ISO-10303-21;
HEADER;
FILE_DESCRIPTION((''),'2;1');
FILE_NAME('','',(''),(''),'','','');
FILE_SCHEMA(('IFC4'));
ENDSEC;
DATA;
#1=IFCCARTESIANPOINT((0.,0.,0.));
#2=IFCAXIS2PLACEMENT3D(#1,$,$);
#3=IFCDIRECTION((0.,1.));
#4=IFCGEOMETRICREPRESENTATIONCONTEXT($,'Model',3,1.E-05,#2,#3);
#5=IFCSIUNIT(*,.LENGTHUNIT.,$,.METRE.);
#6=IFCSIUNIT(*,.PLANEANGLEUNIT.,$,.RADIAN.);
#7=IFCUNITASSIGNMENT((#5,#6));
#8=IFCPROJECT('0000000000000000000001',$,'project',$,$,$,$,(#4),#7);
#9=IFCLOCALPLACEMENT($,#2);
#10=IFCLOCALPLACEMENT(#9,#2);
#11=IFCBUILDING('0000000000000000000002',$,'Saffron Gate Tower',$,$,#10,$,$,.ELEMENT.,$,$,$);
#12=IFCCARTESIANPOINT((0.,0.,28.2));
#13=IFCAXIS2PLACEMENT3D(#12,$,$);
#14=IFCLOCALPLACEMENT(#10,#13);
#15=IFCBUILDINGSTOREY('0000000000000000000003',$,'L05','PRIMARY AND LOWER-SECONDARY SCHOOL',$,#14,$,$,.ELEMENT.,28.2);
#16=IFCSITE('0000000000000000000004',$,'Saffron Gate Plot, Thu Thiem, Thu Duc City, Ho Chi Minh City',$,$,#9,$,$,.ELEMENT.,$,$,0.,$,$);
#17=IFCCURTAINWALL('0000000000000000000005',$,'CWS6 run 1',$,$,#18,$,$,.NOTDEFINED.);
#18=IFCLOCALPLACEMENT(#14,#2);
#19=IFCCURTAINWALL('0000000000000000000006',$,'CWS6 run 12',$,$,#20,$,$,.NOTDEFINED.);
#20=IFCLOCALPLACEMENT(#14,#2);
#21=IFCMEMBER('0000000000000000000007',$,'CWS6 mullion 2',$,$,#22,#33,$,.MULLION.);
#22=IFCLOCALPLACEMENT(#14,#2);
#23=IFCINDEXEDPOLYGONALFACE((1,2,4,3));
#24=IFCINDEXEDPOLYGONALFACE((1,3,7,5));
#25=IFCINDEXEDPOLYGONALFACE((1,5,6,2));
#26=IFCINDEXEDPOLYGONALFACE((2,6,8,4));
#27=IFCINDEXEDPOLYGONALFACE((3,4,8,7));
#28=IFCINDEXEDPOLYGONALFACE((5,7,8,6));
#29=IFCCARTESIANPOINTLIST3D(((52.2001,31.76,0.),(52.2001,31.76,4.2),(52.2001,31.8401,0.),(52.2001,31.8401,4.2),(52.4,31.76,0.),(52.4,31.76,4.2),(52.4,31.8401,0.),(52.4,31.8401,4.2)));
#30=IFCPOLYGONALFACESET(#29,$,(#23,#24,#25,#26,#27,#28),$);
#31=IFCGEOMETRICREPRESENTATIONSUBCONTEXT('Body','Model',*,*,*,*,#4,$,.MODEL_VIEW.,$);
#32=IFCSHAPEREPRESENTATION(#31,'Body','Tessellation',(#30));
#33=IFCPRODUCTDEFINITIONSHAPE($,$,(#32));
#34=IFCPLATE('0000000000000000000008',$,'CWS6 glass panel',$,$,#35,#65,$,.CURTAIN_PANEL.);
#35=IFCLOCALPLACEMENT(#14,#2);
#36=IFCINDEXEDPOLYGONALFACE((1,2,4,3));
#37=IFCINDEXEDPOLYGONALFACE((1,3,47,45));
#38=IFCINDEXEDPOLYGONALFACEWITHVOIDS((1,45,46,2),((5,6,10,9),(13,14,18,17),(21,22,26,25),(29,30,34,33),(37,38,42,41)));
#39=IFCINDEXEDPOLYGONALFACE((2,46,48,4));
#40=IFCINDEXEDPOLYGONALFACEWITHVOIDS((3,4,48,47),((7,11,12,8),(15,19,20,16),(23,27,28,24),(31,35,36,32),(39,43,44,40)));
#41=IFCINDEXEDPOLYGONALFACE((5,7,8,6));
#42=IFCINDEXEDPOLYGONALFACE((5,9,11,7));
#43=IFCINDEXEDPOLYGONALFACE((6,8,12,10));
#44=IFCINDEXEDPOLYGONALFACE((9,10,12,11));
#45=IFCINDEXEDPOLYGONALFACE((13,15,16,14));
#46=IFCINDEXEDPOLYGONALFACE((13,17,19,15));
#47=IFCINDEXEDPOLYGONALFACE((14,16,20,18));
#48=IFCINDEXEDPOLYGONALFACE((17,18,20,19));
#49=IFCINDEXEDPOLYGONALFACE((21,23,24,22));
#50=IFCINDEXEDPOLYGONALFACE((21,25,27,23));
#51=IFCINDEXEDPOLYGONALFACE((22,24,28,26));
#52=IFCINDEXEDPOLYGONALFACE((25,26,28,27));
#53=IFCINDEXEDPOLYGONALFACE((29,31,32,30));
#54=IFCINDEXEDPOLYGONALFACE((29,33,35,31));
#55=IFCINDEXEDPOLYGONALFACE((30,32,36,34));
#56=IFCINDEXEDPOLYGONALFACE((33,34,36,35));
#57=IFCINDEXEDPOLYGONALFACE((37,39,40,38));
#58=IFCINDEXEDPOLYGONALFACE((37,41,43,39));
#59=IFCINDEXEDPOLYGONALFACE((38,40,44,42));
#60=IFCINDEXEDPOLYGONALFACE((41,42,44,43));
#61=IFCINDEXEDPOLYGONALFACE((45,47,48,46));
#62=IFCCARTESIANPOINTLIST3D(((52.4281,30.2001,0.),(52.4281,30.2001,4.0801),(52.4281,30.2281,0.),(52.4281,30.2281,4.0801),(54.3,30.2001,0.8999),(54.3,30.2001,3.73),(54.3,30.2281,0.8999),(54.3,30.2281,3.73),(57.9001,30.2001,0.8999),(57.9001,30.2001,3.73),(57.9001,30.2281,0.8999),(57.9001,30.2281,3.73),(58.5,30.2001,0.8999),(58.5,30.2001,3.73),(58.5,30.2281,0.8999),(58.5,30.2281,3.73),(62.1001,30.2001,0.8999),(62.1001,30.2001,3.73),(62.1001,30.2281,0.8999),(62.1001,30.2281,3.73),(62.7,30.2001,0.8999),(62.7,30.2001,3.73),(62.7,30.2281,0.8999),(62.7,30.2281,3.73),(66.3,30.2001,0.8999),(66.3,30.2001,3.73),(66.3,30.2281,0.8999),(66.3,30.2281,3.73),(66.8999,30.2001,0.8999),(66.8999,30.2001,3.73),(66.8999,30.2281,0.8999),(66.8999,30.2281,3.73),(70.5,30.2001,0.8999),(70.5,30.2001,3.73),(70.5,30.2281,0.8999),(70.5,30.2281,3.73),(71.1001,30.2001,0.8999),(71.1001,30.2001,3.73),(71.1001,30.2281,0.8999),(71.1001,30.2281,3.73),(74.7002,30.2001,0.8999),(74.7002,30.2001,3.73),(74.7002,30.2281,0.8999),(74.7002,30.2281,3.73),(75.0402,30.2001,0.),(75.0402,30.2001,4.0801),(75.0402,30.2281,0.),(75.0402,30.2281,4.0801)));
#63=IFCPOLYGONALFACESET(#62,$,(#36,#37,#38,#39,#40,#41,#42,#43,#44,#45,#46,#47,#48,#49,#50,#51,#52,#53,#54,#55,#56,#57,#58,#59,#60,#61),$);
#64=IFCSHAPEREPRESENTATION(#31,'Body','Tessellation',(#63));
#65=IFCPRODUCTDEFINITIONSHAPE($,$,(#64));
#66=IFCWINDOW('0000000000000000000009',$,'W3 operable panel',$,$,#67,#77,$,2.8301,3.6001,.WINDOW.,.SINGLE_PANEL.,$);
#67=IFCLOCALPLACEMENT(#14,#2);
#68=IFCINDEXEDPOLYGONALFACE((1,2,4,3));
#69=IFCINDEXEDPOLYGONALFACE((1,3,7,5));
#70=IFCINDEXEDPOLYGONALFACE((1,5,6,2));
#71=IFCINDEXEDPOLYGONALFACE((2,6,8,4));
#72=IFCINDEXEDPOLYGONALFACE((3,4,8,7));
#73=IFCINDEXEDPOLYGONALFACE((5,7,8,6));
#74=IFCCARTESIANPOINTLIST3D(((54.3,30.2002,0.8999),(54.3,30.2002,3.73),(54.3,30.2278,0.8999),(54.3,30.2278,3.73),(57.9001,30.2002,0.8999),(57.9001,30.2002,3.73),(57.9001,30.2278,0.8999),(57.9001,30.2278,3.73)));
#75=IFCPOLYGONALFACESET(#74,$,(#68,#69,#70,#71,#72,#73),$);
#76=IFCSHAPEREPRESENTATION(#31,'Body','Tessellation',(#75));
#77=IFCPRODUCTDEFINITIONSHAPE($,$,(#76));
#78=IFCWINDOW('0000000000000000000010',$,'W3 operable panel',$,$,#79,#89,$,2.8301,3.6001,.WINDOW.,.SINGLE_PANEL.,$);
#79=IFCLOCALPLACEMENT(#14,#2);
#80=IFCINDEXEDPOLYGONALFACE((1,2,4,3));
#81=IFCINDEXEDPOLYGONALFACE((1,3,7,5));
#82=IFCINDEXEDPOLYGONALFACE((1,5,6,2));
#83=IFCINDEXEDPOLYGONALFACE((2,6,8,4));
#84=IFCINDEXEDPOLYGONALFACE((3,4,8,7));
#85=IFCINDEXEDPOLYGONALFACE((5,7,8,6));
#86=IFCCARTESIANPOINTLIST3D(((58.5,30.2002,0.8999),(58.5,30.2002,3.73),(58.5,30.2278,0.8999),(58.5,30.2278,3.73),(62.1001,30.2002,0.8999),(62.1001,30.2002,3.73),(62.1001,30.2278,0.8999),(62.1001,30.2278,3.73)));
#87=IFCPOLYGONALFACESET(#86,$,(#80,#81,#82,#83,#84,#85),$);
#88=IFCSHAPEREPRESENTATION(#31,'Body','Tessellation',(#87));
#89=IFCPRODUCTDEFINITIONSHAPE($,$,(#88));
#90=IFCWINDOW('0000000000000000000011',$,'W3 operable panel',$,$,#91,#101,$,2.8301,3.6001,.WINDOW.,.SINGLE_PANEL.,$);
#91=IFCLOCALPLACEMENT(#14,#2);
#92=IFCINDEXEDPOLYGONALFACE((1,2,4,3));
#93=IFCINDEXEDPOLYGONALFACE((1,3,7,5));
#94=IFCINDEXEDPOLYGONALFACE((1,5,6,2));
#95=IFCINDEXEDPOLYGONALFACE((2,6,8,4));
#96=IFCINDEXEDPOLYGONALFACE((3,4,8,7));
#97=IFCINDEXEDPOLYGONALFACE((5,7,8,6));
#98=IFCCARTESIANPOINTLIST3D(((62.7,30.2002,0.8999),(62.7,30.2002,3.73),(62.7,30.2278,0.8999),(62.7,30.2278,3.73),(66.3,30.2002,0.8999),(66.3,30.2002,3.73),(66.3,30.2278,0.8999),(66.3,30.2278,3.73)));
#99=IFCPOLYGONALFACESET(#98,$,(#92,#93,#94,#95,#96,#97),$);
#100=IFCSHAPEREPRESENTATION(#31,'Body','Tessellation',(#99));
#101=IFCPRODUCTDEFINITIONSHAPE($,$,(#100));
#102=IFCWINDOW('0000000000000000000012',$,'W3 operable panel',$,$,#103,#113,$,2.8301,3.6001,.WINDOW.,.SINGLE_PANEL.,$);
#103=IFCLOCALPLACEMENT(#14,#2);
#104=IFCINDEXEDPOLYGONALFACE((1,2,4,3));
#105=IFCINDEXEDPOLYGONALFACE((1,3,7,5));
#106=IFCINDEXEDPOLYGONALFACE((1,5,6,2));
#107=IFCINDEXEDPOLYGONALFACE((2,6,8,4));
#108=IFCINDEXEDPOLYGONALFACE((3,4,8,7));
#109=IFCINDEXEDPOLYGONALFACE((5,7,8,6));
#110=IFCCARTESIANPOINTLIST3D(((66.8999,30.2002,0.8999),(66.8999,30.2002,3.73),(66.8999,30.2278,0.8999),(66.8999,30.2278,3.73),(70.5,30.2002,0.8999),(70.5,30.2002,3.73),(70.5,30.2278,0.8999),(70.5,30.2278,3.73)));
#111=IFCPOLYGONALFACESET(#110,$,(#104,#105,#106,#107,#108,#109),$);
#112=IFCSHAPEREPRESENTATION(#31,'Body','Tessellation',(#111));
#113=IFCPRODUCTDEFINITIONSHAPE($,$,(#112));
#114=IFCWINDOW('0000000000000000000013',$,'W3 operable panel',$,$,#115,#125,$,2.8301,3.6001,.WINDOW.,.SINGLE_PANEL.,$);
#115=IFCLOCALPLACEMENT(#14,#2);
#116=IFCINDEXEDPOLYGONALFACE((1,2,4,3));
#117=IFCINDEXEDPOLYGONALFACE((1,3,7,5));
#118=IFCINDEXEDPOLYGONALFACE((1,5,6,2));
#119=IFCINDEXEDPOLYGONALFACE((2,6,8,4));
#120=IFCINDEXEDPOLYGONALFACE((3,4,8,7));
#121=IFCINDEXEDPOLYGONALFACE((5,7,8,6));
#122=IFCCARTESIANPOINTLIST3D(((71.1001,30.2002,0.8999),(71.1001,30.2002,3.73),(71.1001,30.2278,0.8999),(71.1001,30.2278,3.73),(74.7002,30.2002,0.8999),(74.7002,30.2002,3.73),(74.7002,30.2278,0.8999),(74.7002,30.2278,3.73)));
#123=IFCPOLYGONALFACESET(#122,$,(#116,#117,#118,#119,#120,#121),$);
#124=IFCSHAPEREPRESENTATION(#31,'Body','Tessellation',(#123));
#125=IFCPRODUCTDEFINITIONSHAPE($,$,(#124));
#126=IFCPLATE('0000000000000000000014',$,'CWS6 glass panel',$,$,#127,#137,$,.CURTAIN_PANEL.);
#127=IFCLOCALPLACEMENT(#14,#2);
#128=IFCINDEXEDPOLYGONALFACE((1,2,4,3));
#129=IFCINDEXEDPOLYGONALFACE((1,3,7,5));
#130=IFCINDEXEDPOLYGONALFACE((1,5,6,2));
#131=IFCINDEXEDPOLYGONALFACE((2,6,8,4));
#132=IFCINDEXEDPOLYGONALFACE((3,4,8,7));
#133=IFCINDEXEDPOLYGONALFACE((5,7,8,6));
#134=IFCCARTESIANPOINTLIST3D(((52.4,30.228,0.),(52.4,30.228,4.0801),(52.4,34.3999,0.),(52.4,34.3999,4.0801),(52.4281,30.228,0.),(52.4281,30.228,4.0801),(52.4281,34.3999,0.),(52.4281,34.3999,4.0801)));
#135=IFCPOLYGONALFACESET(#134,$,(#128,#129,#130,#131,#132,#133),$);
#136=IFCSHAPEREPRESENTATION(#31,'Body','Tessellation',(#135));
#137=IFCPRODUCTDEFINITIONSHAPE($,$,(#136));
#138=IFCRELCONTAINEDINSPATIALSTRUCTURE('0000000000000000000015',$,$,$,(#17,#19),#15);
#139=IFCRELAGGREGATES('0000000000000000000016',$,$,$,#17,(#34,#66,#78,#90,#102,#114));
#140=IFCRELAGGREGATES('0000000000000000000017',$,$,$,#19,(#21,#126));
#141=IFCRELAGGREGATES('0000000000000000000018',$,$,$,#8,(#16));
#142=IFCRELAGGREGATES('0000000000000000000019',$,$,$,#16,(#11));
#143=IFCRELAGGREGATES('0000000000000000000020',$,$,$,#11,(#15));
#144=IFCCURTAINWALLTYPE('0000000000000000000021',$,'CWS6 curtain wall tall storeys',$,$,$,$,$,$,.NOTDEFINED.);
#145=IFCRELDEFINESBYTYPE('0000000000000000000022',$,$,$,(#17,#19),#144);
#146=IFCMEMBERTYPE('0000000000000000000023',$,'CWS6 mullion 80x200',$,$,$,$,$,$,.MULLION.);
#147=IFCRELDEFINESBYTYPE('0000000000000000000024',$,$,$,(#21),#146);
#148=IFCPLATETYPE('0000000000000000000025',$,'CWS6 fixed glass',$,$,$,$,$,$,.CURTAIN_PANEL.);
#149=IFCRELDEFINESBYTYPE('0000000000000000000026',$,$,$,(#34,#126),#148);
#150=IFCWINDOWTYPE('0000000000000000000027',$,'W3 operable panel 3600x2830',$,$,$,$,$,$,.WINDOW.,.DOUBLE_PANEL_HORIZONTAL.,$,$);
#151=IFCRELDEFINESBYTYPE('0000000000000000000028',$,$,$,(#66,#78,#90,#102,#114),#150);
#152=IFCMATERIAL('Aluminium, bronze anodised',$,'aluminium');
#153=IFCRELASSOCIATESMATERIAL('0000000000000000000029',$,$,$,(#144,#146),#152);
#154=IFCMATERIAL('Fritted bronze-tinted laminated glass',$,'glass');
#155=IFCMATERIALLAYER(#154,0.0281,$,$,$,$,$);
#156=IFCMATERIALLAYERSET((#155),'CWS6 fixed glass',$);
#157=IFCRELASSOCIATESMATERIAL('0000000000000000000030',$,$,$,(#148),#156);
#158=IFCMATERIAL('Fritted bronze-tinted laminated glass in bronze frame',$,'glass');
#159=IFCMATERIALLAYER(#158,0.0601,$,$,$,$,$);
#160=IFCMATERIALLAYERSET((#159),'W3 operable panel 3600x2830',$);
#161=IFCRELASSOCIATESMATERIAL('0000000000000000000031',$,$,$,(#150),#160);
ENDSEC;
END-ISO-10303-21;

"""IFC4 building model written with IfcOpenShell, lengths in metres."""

from ifc_helpers import new_model, si_unit, direction, frame, frame_2d, origin, origin_2d, place, context, subcontext, project, spatial, rectangle, extrude, material, layer, layer_set, material_profile, profile_set, type_object, element, fill, aggregate, save


model = new_model("IFC4")

# Units and contexts
model_context = context("Model", 3, precision=1e-05, world=origin(), true_north=direction((0.0, 1.0)))
body_context = subcontext(model_context, "Body", "Model", "MODEL_VIEW")
ifc_project = project(units=[si_unit("LENGTHUNIT", "METRE"), si_unit("PLANEANGLEUNIT", "RADIAN")], contexts=[model_context])

# Site, building, storey
site_placement = place(None, origin())
site = spatial("IfcSite", under=ifc_project, at=site_placement, Name="Saffron Gate Plot, Thu Thiem, Thu Duc City, Ho Chi Minh City", CompositionType="ELEMENT", RefElevation=0.0)
building_placement = place(site_placement, origin())
building = spatial("IfcBuilding", under=site, at=building_placement, Name="Saffron Gate Tower", CompositionType="ELEMENT")
storey_placement = place(building_placement, frame((0.0, 0.0, 28.2)))
storey = spatial("IfcBuildingStorey", under=building, at=storey_placement, Name="L05", Description="PRIMARY AND LOWER-SECONDARY SCHOOL", CompositionType="ELEMENT", Elevation=28.2)

# Curtain walls
ifc_material_1 = material(Name="Aluminium, bronze anodised", Category="aluminium")
curtain_wall_type = type_object("IfcCurtainWallType", Name="CWS6 curtain wall tall storeys", PredefinedType="NOTDEFINED", material=ifc_material_1)
curtain_wall_1_placement = place(storey_placement, origin())
curtain_wall_1 = element("IfcCurtainWall", 1, at=curtain_wall_1_placement, inside=storey, type_object=curtain_wall_type, Name="CWS6 run 1", PredefinedType="NOTDEFINED")
curtain_wall_2_placement = place(storey_placement, origin())
curtain_wall_2 = element("IfcCurtainWall", 2, at=curtain_wall_2_placement, inside=storey, type_object=curtain_wall_type, Name="CWS6 run 12", PredefinedType="NOTDEFINED")

# Member
ifc_material_profile_1 = material_profile(ifc_material_1, rectangle(XDim=0.2, YDim=0.0801, at=origin_2d()))
ifc_profile_set_1 = profile_set([ifc_material_profile_1], Name="Aluminium, bronze anodised")
member_type_1 = type_object("IfcMemberType", Name="CWS6 mullion 80x200", PredefinedType="MULLION", material=ifc_profile_set_1)
member_1_placement = place(storey_placement, frame((52.3, 31.8, 0.0), z_axis=(0.0, 0.0, 1.0), x_axis=(1.0, 0.0, 0.0)))
member_1 = element("IfcMember", 3, at=member_1_placement, type_object=member_type_1, Name="CWS6 mullion 2", PredefinedType="MULLION", context=body_context, shape_type="SweptSolid", body=[
    extrude(rectangle(XDim=0.2, YDim=0.0801, at=origin_2d()), origin(), (0.0, 0.0, 1.0), 4.2),
])

# Plate, openings, windows
ifc_material_2 = material(Name="Fritted bronze-tinted laminated glass", Category="glass")
ifc_layer_1 = layer(ifc_material_2, 0.0281)
ifc_layer_set_1 = layer_set([ifc_layer_1], Name="CWS6 fixed glass")
plate_type = type_object("IfcPlateType", Name="CWS6 fixed glass", PredefinedType="CURTAIN_PANEL", material=ifc_layer_set_1)
plate_1_placement = place(storey_placement, frame((52.428, 30.2141, 0.0), z_axis=(0.0, 0.0, 1.0), x_axis=(1.0, 0.0, 0.0)))
plate_1 = element("IfcPlate", 4, at=plate_1_placement, type_object=plate_type, Name="CWS6 glass panel", PredefinedType="CURTAIN_PANEL", context=body_context, shape_type="SweptSolid", body=[
    extrude(rectangle(XDim=22.6121, YDim=0.0281, at=frame_2d((11.3062, 0.0))), origin(), (0.0, 0.0, 1.0), 4.0801),
])
opening_1_placement = place(plate_1_placement, frame((1.8721, 0.0, 0.8999)))
opening_1 = element("IfcOpeningElement", 5, at=opening_1_placement, cuts=plate_1, PredefinedType="OPENING", context=body_context, shape_type="SweptSolid", body=[
    extrude(rectangle(XDim=3.6001, YDim=2.8301, at=frame_2d((1.8, 1.415))), frame((0.0, 0.0239, 0.0), z_axis=(0.0, -1.0, 0.0), x_axis=(1.0, 0.0, 0.0)), (0.0, 0.0, 1.0), 0.0481),
])
opening_2_placement = place(plate_1_placement, frame((6.072, 0.0, 0.8999)))
opening_2 = element("IfcOpeningElement", 6, at=opening_2_placement, cuts=plate_1, PredefinedType="OPENING", context=body_context, shape_type="SweptSolid", body=[
    extrude(rectangle(XDim=3.6001, YDim=2.8301, at=frame_2d((1.8, 1.415))), frame((0.0, 0.0239, 0.0), z_axis=(0.0, -1.0, 0.0), x_axis=(1.0, 0.0, 0.0)), (0.0, 0.0, 1.0), 0.0481),
])
opening_3_placement = place(plate_1_placement, frame((10.272, 0.0, 0.8999)))
opening_3 = element("IfcOpeningElement", 7, at=opening_3_placement, cuts=plate_1, PredefinedType="OPENING", context=body_context, shape_type="SweptSolid", body=[
    extrude(rectangle(XDim=3.6001, YDim=2.8301, at=frame_2d((1.8, 1.415))), frame((0.0, 0.0239, 0.0), z_axis=(0.0, -1.0, 0.0), x_axis=(1.0, 0.0, 0.0)), (0.0, 0.0, 1.0), 0.0481),
])
opening_4_placement = place(plate_1_placement, frame((14.4719, 0.0, 0.8999)))
opening_4 = element("IfcOpeningElement", 8, at=opening_4_placement, cuts=plate_1, PredefinedType="OPENING", context=body_context, shape_type="SweptSolid", body=[
    extrude(rectangle(XDim=3.6001, YDim=2.8301, at=frame_2d((1.8, 1.415))), frame((0.0, 0.0239, 0.0), z_axis=(0.0, -1.0, 0.0), x_axis=(1.0, 0.0, 0.0)), (0.0, 0.0, 1.0), 0.0481),
])
opening_5_placement = place(plate_1_placement, frame((18.6721, 0.0, 0.8999)))
opening_5 = element("IfcOpeningElement", 9, at=opening_5_placement, cuts=plate_1, PredefinedType="OPENING", context=body_context, shape_type="SweptSolid", body=[
    extrude(rectangle(XDim=3.6001, YDim=2.8301, at=frame_2d((1.8, 1.415))), frame((0.0, 0.0239, 0.0), z_axis=(0.0, -1.0, 0.0), x_axis=(1.0, 0.0, 0.0)), (0.0, 0.0, 1.0), 0.0481),
])
ifc_material_3 = material(Name="Fritted bronze-tinted laminated glass in bronze frame", Category="glass")
ifc_layer_2 = layer(ifc_material_3, 0.0601)
ifc_layer_set_2 = layer_set([ifc_layer_2], Name="W3 operable panel 3600x2830")
window_type = type_object("IfcWindowType", Name="W3 operable panel 3600x2830", PartitioningType="DOUBLE_PANEL_HORIZONTAL", PredefinedType="WINDOW", material=ifc_layer_set_2)
window_1_placement = place(opening_1_placement, origin())
window_1 = element("IfcWindow", 10, at=window_1_placement, type_object=window_type, Name="W3 operable panel", OverallHeight=2.8301, OverallWidth=3.6001, PartitioningType="SINGLE_PANEL", PredefinedType="WINDOW", context=body_context, shape_type="SweptSolid", body=[
    extrude(rectangle(XDim=3.6001, YDim=2.8301, at=frame_2d((1.8, 1.415))), frame((0.0, 0.0137, 0.0), z_axis=(0.0, -1.0, 0.0), x_axis=(1.0, 0.0, 0.0)), (0.0, 0.0, 1.0), 0.0276),
])
fill(opening_1, window_1)
window_2_placement = place(opening_2_placement, origin())
window_2 = element("IfcWindow", 11, at=window_2_placement, type_object=window_type, Name="W3 operable panel", OverallHeight=2.8301, OverallWidth=3.6001, PartitioningType="SINGLE_PANEL", PredefinedType="WINDOW", context=body_context, shape_type="SweptSolid", body=[
    extrude(rectangle(XDim=3.6001, YDim=2.8301, at=frame_2d((1.8, 1.415))), frame((0.0, 0.0137, 0.0), z_axis=(0.0, -1.0, 0.0), x_axis=(1.0, 0.0, 0.0)), (0.0, 0.0, 1.0), 0.0276),
])
fill(opening_2, window_2)
window_3_placement = place(opening_3_placement, origin())
window_3 = element("IfcWindow", 12, at=window_3_placement, type_object=window_type, Name="W3 operable panel", OverallHeight=2.8301, OverallWidth=3.6001, PartitioningType="SINGLE_PANEL", PredefinedType="WINDOW", context=body_context, shape_type="SweptSolid", body=[
    extrude(rectangle(XDim=3.6001, YDim=2.8301, at=frame_2d((1.8, 1.415))), frame((0.0, 0.0137, 0.0), z_axis=(0.0, -1.0, 0.0), x_axis=(1.0, 0.0, 0.0)), (0.0, 0.0, 1.0), 0.0276),
])
fill(opening_3, window_3)
window_4_placement = place(opening_4_placement, origin())
window_4 = element("IfcWindow", 13, at=window_4_placement, type_object=window_type, Name="W3 operable panel", OverallHeight=2.8301, OverallWidth=3.6001, PartitioningType="SINGLE_PANEL", PredefinedType="WINDOW", context=body_context, shape_type="SweptSolid", body=[
    extrude(rectangle(XDim=3.6001, YDim=2.8301, at=frame_2d((1.8, 1.415))), frame((0.0, 0.0137, 0.0), z_axis=(0.0, -1.0, 0.0), x_axis=(1.0, 0.0, 0.0)), (0.0, 0.0, 1.0), 0.0276),
])
fill(opening_4, window_4)
window_5_placement = place(opening_5_placement, origin())
window_5 = element("IfcWindow", 14, at=window_5_placement, type_object=window_type, Name="W3 operable panel", OverallHeight=2.8301, OverallWidth=3.6001, PartitioningType="SINGLE_PANEL", PredefinedType="WINDOW", context=body_context, shape_type="SweptSolid", body=[
    extrude(rectangle(XDim=3.6001, YDim=2.8301, at=frame_2d((1.8, 1.415))), frame((0.0, 0.0137, 0.0), z_axis=(0.0, -1.0, 0.0), x_axis=(1.0, 0.0, 0.0)), (0.0, 0.0, 1.0), 0.0276),
])
fill(opening_5, window_5)
aggregate(curtain_wall_1, [plate_1, window_1, window_2, window_3, window_4, window_5])

# Plate
plate_2_placement = place(storey_placement, frame((52.4141, 34.3999, 0.0), z_axis=(0.0, 0.0, 1.0), x_axis=(0.0, -1.0, 0.0)))
plate_2 = element("IfcPlate", 15, at=plate_2_placement, type_object=plate_type, Name="CWS6 glass panel", PredefinedType="CURTAIN_PANEL", context=body_context, shape_type="SweptSolid", body=[
    extrude(rectangle(XDim=4.1719, YDim=0.0281, at=frame_2d((2.0859, 0.0))), origin(), (0.0, 0.0, 1.0), 4.0801),
])
aggregate(curtain_wall_2, [member_1, plate_2])

save(model, "model.ifc")
